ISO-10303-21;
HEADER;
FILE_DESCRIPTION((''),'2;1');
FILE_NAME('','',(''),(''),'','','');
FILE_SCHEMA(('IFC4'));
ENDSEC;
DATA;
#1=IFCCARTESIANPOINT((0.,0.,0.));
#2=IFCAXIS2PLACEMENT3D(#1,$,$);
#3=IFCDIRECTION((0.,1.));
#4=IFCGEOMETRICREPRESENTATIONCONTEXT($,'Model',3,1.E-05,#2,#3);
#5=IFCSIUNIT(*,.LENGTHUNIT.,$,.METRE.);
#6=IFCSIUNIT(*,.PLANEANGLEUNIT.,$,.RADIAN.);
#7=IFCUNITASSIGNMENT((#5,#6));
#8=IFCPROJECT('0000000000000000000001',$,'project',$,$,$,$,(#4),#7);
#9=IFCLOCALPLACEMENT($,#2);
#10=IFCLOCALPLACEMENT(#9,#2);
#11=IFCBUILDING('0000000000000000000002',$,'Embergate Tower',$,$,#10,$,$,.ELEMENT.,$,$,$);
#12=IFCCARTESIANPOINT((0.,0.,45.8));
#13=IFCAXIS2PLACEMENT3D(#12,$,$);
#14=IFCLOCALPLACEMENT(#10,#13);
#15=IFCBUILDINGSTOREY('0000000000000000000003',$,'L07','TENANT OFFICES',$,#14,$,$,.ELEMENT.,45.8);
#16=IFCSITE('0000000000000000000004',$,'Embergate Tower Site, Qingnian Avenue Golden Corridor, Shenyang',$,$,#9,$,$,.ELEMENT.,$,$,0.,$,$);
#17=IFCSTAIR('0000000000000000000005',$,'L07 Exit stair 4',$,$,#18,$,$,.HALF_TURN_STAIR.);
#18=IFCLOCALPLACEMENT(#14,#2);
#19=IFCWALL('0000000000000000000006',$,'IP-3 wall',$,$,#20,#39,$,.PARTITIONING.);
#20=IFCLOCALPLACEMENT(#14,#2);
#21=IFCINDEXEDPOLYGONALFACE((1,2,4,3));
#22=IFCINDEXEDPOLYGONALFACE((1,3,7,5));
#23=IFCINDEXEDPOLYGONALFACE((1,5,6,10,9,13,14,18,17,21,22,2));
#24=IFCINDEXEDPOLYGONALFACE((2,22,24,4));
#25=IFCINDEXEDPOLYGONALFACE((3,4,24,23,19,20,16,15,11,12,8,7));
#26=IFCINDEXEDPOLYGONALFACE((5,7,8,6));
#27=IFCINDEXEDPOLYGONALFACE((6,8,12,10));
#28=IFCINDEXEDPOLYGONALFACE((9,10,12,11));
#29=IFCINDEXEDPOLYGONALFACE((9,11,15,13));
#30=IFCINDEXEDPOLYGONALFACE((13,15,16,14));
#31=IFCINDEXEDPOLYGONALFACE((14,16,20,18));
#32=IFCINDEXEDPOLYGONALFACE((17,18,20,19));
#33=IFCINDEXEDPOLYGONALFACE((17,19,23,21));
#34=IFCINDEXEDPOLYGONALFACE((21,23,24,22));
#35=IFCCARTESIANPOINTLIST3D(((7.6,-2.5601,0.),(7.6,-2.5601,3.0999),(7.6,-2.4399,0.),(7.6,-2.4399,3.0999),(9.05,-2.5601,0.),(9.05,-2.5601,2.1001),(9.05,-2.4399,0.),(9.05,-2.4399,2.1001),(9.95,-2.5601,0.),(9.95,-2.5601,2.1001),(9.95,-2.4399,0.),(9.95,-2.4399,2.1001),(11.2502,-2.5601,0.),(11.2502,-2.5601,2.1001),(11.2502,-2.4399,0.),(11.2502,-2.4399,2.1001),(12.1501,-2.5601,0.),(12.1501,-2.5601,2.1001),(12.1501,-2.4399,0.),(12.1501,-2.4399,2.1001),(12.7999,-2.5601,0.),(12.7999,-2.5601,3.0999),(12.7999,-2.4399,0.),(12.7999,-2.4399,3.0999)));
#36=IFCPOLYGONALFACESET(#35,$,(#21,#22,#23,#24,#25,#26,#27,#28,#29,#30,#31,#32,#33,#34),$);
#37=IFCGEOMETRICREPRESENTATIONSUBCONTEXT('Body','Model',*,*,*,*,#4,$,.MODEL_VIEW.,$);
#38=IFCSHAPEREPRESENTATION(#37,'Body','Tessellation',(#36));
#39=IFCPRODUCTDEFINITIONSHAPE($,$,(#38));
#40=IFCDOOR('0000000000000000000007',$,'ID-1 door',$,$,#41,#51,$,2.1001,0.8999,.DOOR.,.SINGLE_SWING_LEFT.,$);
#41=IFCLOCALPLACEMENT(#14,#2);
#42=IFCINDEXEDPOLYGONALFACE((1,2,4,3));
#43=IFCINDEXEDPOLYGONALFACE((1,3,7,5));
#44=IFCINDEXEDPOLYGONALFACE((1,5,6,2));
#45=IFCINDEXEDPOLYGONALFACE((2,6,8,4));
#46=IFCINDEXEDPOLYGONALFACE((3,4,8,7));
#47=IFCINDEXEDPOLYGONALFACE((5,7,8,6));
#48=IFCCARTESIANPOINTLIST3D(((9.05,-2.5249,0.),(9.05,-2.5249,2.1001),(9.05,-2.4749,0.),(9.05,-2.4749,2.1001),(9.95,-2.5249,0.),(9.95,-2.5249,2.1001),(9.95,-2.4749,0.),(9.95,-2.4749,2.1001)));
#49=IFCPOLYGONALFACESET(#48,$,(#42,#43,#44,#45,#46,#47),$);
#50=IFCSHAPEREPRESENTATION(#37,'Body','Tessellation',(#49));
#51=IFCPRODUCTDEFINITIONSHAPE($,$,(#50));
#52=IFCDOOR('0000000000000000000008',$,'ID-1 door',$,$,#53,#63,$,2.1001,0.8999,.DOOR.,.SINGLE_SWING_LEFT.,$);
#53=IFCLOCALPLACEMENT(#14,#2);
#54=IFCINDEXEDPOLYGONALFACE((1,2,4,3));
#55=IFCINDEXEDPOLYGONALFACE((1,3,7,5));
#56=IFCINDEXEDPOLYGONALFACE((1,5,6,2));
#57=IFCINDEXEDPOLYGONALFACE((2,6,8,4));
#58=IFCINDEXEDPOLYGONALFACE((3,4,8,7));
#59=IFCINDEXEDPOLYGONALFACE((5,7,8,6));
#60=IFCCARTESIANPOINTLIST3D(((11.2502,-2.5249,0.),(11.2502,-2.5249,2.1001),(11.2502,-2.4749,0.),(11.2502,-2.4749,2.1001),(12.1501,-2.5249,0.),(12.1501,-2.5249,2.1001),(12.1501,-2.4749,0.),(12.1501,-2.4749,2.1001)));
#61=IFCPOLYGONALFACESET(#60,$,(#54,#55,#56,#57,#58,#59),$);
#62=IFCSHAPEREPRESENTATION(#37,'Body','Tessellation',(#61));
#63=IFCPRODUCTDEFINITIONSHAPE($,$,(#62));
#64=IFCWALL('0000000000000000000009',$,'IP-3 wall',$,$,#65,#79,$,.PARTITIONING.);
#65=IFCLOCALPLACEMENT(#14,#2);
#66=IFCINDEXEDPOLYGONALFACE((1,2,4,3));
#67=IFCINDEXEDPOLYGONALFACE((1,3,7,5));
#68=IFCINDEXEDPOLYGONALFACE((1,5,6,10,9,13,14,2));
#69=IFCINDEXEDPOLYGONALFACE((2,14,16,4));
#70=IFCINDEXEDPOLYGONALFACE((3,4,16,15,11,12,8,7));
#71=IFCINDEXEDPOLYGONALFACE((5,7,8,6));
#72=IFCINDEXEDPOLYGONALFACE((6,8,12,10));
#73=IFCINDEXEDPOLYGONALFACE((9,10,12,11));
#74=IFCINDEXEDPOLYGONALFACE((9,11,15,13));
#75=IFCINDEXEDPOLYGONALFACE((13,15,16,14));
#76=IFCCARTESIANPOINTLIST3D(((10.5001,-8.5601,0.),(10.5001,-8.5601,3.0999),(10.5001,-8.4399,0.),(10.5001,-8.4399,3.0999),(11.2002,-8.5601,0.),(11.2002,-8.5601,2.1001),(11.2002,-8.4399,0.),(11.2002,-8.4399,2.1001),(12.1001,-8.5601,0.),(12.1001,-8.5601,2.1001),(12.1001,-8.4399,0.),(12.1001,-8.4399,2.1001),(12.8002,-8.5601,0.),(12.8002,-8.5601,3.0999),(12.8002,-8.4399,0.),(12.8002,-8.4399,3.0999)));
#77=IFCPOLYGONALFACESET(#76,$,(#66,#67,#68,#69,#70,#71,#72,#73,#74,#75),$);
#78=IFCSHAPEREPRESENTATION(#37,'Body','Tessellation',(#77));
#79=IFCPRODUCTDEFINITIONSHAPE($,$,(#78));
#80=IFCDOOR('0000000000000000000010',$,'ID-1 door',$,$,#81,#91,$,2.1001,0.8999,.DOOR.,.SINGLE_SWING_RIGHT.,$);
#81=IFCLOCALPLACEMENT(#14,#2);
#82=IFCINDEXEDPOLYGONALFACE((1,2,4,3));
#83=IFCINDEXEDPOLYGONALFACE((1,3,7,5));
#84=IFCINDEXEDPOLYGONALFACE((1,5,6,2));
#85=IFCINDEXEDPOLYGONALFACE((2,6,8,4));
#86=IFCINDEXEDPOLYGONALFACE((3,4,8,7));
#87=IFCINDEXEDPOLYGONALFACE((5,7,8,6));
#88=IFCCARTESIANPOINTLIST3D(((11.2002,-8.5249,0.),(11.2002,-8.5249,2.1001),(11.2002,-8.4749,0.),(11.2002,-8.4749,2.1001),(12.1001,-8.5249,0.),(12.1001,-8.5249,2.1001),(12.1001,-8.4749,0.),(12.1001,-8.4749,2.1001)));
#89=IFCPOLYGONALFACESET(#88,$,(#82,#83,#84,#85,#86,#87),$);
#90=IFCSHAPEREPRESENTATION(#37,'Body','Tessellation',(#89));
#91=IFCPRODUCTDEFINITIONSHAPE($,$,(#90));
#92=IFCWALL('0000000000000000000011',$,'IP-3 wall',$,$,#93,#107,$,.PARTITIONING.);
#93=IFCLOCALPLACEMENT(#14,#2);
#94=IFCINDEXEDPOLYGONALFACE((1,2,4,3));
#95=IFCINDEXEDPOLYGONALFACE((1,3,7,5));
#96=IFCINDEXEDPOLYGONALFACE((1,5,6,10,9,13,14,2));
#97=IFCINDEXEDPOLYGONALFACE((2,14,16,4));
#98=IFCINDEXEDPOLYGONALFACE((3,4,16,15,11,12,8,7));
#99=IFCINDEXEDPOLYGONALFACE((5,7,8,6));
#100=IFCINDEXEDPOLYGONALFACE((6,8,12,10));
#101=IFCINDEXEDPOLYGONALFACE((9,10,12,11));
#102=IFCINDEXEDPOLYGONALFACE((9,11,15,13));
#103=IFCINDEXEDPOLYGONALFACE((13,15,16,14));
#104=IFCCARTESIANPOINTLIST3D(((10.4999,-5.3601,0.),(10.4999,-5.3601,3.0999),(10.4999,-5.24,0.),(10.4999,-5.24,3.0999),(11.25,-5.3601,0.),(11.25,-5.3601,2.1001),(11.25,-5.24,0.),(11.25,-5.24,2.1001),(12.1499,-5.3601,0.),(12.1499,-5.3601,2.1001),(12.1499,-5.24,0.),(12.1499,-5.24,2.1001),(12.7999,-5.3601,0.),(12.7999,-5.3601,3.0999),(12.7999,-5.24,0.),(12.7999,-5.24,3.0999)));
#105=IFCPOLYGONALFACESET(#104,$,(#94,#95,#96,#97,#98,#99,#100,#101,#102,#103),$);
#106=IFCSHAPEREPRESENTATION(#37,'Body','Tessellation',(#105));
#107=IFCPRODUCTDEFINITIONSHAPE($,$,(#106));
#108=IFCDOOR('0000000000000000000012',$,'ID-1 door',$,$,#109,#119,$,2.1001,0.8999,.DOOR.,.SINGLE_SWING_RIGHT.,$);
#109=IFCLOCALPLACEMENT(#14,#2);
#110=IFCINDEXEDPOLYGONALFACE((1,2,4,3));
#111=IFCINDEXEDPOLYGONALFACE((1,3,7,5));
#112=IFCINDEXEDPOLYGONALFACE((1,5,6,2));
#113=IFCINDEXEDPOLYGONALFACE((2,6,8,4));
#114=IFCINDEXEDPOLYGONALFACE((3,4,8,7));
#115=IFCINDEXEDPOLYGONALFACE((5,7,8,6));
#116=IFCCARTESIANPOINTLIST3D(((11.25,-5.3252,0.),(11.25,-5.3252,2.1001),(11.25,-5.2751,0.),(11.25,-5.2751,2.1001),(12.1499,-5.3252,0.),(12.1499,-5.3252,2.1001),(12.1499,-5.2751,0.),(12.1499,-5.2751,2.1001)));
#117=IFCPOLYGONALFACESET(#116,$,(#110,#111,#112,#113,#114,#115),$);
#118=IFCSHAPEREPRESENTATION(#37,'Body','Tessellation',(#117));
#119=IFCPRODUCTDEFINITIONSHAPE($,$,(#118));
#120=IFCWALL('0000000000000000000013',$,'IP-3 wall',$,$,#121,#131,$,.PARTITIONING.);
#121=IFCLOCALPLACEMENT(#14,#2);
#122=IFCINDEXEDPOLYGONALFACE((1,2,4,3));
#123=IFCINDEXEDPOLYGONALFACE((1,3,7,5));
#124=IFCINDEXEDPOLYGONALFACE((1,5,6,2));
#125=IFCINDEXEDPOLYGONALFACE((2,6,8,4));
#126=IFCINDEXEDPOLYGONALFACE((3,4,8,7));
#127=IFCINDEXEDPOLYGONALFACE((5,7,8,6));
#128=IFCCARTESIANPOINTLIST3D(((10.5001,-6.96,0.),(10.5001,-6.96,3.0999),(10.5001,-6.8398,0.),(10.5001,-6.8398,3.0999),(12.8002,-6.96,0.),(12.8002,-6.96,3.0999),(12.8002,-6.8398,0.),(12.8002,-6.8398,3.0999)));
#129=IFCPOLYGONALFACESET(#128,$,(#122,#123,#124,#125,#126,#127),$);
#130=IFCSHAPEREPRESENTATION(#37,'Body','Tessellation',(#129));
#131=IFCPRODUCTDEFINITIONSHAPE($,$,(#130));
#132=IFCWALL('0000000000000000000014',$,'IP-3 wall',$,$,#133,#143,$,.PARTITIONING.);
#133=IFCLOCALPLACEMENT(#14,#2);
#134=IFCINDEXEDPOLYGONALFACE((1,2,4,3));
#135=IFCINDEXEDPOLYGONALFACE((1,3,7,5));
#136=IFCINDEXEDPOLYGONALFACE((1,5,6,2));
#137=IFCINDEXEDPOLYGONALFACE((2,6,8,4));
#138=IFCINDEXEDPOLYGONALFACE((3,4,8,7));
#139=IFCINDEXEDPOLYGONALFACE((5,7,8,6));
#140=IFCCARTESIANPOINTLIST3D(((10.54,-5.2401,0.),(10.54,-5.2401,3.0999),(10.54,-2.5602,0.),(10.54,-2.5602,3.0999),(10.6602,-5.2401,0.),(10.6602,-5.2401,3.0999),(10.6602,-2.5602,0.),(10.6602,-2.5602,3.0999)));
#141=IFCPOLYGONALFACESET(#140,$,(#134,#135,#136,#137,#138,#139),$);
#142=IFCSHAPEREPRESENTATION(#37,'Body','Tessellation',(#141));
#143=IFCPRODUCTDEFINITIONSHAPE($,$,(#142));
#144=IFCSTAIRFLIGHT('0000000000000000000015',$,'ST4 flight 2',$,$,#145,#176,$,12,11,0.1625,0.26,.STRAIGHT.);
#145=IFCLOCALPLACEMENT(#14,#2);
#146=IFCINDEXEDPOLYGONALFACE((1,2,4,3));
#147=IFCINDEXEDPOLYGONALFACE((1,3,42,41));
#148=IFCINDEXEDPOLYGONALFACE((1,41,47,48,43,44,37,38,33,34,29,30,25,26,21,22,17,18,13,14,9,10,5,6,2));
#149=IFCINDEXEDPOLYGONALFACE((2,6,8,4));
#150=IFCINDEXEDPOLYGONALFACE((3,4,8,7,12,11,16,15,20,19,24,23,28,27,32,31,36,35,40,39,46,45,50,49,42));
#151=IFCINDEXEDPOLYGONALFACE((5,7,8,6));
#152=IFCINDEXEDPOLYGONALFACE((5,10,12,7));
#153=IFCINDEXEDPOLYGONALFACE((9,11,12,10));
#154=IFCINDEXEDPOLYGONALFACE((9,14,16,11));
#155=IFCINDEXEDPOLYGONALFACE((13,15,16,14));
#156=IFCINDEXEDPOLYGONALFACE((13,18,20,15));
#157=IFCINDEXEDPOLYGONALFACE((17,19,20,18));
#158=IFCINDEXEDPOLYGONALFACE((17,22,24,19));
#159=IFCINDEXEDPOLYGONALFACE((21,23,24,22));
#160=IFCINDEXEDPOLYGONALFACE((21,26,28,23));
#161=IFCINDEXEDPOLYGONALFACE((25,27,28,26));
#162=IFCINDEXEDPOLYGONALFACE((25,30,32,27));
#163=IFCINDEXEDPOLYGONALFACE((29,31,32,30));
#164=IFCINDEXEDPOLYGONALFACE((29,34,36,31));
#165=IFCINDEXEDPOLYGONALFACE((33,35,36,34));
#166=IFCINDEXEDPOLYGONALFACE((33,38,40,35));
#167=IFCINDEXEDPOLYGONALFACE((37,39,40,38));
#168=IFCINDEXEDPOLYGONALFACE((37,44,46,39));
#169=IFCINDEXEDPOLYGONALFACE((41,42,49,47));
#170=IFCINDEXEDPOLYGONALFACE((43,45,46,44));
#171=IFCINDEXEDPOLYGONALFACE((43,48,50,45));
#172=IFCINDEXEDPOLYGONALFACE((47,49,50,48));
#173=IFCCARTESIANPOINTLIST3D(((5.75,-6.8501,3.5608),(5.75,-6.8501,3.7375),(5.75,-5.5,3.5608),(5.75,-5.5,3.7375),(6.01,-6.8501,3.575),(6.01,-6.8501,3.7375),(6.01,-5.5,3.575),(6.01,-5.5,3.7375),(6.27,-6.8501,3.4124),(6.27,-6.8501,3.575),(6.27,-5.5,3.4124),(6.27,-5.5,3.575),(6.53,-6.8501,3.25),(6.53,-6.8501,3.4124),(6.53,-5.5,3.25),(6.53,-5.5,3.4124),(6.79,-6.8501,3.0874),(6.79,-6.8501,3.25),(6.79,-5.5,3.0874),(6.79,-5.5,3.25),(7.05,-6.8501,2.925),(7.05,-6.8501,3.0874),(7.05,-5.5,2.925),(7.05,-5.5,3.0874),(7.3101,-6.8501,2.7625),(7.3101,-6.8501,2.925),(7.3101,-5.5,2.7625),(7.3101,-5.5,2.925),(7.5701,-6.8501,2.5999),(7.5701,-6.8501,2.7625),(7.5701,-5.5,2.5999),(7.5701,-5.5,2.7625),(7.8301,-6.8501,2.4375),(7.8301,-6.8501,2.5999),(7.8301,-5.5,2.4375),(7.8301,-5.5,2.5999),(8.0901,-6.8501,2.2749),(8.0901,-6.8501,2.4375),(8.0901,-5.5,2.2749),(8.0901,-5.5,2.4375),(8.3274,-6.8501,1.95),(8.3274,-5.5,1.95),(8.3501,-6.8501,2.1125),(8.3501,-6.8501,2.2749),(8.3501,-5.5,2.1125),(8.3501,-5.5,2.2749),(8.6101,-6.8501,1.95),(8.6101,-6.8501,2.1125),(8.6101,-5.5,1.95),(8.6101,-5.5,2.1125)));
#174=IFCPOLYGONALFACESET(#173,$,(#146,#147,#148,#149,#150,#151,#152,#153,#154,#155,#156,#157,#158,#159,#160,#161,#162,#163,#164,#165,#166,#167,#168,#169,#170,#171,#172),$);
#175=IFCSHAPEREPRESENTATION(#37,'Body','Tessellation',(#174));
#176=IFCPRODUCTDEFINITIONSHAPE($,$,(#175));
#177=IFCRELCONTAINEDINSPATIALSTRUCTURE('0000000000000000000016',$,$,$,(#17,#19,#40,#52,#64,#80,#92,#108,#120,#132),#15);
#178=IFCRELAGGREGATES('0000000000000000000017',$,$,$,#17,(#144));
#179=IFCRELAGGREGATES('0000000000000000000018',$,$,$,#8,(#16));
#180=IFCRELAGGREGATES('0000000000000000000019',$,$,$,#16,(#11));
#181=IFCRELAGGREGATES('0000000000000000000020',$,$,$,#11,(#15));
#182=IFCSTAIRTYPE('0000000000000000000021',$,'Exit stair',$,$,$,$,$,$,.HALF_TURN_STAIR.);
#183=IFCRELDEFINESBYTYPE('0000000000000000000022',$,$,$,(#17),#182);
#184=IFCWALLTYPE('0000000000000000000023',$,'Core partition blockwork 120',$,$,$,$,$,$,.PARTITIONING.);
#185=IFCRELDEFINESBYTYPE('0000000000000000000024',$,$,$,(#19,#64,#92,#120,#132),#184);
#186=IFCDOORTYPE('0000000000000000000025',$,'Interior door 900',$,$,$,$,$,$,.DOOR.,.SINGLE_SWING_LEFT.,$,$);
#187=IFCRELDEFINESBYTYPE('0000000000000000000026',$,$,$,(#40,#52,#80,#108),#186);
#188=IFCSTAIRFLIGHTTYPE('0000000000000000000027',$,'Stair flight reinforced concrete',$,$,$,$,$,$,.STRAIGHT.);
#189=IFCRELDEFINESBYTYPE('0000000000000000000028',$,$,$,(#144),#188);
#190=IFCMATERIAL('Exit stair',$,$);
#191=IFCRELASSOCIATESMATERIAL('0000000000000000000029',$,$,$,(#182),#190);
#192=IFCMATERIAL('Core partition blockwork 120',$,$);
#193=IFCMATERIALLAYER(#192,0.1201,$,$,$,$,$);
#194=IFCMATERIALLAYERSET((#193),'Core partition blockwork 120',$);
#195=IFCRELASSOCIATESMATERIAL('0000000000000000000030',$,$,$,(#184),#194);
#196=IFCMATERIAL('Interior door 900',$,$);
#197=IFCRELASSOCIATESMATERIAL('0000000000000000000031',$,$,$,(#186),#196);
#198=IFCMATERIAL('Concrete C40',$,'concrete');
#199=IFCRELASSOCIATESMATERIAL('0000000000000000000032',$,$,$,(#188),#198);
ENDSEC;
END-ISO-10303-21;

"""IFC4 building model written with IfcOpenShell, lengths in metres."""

from ifc_helpers import new_model, si_unit, direction, frame, frame_2d, origin, place, context, subcontext, project, spatial, polyline, rectangle, outline, extrude, source, transform, mapped, material, layer, layer_set, type_object, element, fill, aggregate, save


model = new_model("IFC4")

# Units and contexts
model_context = context("Model", 3, precision=1e-05, world=origin(), true_north=direction((0.0, 1.0)))
body_context = subcontext(model_context, "Body", "Model", "MODEL_VIEW")
ifc_project = project(units=[si_unit("LENGTHUNIT", "METRE"), si_unit("PLANEANGLEUNIT", "RADIAN")], contexts=[model_context])

# Site, building, storey
site_placement = place(None, origin())
site = spatial("IfcSite", under=ifc_project, at=site_placement, Name="Embergate Tower Site, Qingnian Avenue Golden Corridor, Shenyang", CompositionType="ELEMENT", RefElevation=0.0)
building_placement = place(site_placement, origin())
building = spatial("IfcBuilding", under=site, at=building_placement, Name="Embergate Tower", CompositionType="ELEMENT")
storey_placement = place(building_placement, frame((0.0, 0.0, 45.8)))
storey = spatial("IfcBuildingStorey", under=building, at=storey_placement, Name="L07", Description="TENANT OFFICES", CompositionType="ELEMENT", Elevation=45.8)

# Stair
ifc_material_1 = material(Name="Exit stair")
stair_type = type_object("IfcStairType", Name="Exit stair", PredefinedType="HALF_TURN_STAIR", material=ifc_material_1)
stair_placement = place(storey_placement, origin())
stair = element("IfcStair", 1, at=stair_placement, inside=storey, type_object=stair_type, Name="L07 Exit stair 4", PredefinedType="HALF_TURN_STAIR")
ifc_material_2 = material(Name="Concrete C40", Category="concrete")

# Shared definitions
shared_shape_1 = source(origin(), body_context, "Body", "SweptSolid", [
    extrude(rectangle(XDim=0.8999, YDim=2.1001, at=frame_2d((0.45, 1.05))), frame((0.0, 0.0249, 0.0), z_axis=(0.0, -1.0, 0.0), x_axis=(1.0, 0.0, 0.0)), (0.0, 0.0, 1.0), 0.05),
])

# Shared definitions
ifc_material_3 = material(Name="Core partition blockwork 120")
ifc_layer_1 = layer(ifc_material_3, 0.1201)
ifc_layer_set_1 = layer_set([ifc_layer_1], Name="Core partition blockwork 120")
wall_type_1 = type_object("IfcWallType", Name="Core partition blockwork 120", PredefinedType="PARTITIONING", material=ifc_layer_set_1)
shared_shape_2 = source(origin(), body_context, "Body", "SweptSolid", [
    extrude(rectangle(XDim=0.8999, YDim=2.1001, at=frame_2d((0.45, 1.05))), frame((0.0, 0.0701, 0.0), z_axis=(0.0, -1.0, 0.0), x_axis=(1.0, 0.0, 0.0)), (0.0, 0.0, 1.0), 0.1401),
])
ifc_material_4 = material(Name="Interior door 900")
door_type_1 = type_object("IfcDoorType", Name="Interior door 900", OperationType="SINGLE_SWING_LEFT", PredefinedType="DOOR", material=ifc_material_4)

# Wall, openings, doors
shared_shape_3 = source(origin(), body_context, "Body", "SweptSolid", [
    extrude(rectangle(XDim=5.2, YDim=0.1201, at=frame_2d((2.6001, 0.0))), origin(), (0.0, 0.0, 1.0), 3.0999),
])
wall_1_placement = place(storey_placement, frame((12.8, -2.5, 0.0), z_axis=(0.0, 0.0, 1.0), x_axis=(-1.0, 0.0, 0.0)))
wall_1 = element("IfcWall", 2, at=wall_1_placement, inside=storey, type_object=wall_type_1, Name="IP-3 wall", PredefinedType="PARTITIONING", context=body_context, shape_type="MappedRepresentation", body=[
    mapped(shared_shape_3, transform((0.0, 0.0, 0.0))),
])
opening_1_placement = place(wall_1_placement, frame((2.8501, 0.0, 0.0)))
opening_1 = element("IfcOpeningElement", 3, at=opening_1_placement, cuts=wall_1, PredefinedType="OPENING", context=body_context, shape_type="MappedRepresentation", body=[
    mapped(shared_shape_2, transform((0.0, 0.0, 0.0))),
])
opening_2_placement = place(wall_1_placement, frame((0.6499, 0.0, 0.0)))
opening_2 = element("IfcOpeningElement", 4, at=opening_2_placement, cuts=wall_1, PredefinedType="OPENING", context=body_context, shape_type="MappedRepresentation", body=[
    mapped(shared_shape_2, transform((0.0, 0.0, 0.0))),
])
door_1_placement = place(opening_1_placement, origin())
door_1 = element("IfcDoor", 5, at=door_1_placement, inside=storey, type_object=door_type_1, Name="ID-1 door", OperationType="SINGLE_SWING_LEFT", OverallHeight=2.1001, OverallWidth=0.8999, PredefinedType="DOOR", context=body_context, shape_type="MappedRepresentation", body=[
    mapped(shared_shape_1, transform((0.0, 0.0, 0.0))),
])
fill(opening_1, door_1)
door_2_placement = place(opening_2_placement, origin())
door_2 = element("IfcDoor", 6, at=door_2_placement, inside=storey, type_object=door_type_1, Name="ID-1 door", OperationType="SINGLE_SWING_LEFT", OverallHeight=2.1001, OverallWidth=0.8999, PredefinedType="DOOR", context=body_context, shape_type="MappedRepresentation", body=[
    mapped(shared_shape_1, transform((0.0, 0.0, 0.0))),
])
fill(opening_2, door_2)

# Walls, openings, doors
shared_shape_4 = source(origin(), body_context, "Body", "SweptSolid", [
    extrude(rectangle(XDim=2.3, YDim=0.1201, at=frame_2d((1.1499, 0.0))), origin(), (0.0, 0.0, 1.0), 3.0999),
])
wall_2_placement = place(storey_placement, frame((12.8, -8.5, 0.0), z_axis=(0.0, 0.0, 1.0), x_axis=(-1.0, 0.0, 0.0)))
wall_2 = element("IfcWall", 7, at=wall_2_placement, inside=storey, type_object=wall_type_1, Name="IP-3 wall", PredefinedType="PARTITIONING", context=body_context, shape_type="MappedRepresentation", body=[
    mapped(shared_shape_4, transform((0.0, 0.0, 0.0))),
])
opening_3_placement = place(wall_2_placement, frame((0.7, 0.0, 0.0)))
opening_3 = element("IfcOpeningElement", 8, at=opening_3_placement, cuts=wall_2, PredefinedType="OPENING", context=body_context, shape_type="MappedRepresentation", body=[
    mapped(shared_shape_2, transform((0.0, 0.0, 0.0))),
])
door_3_placement = place(opening_3_placement, origin())
door_3 = element("IfcDoor", 9, at=door_3_placement, inside=storey, type_object=door_type_1, Name="ID-1 door", OperationType="SINGLE_SWING_RIGHT", OverallHeight=2.1001, OverallWidth=0.8999, PredefinedType="DOOR", context=body_context, shape_type="MappedRepresentation", body=[
    mapped(shared_shape_1, transform((0.0, 0.0, 0.0))),
])
fill(opening_3, door_3)
wall_3_placement = place(storey_placement, frame((10.5, -5.3, 0.0), z_axis=(0.0, 0.0, 1.0), x_axis=(1.0, 0.0, 0.0)))
wall_3 = element("IfcWall", 10, at=wall_3_placement, inside=storey, type_object=wall_type_1, Name="IP-3 wall", PredefinedType="PARTITIONING", context=body_context, shape_type="MappedRepresentation", body=[
    mapped(shared_shape_4, transform((0.0, 0.0, 0.0))),
])
opening_4_placement = place(wall_3_placement, frame((0.75, 0.0, 0.0)))
opening_4 = element("IfcOpeningElement", 11, at=opening_4_placement, cuts=wall_3, PredefinedType="OPENING", context=body_context, shape_type="MappedRepresentation", body=[
    mapped(shared_shape_2, transform((0.0, 0.0, 0.0))),
])
door_4_placement = place(opening_4_placement, origin())
door_4 = element("IfcDoor", 12, at=door_4_placement, inside=storey, type_object=door_type_1, Name="ID-1 door", OperationType="SINGLE_SWING_RIGHT", OverallHeight=2.1001, OverallWidth=0.8999, PredefinedType="DOOR", context=body_context, shape_type="MappedRepresentation", body=[
    mapped(shared_shape_1, transform((0.0, 0.0, 0.0))),
])
fill(opening_4, door_4)

# Walls
wall_4_placement = place(storey_placement, frame((12.8, -6.8999, 0.0), z_axis=(0.0, 0.0, 1.0), x_axis=(-1.0, 0.0, 0.0)))
element("IfcWall", 13, at=wall_4_placement, inside=storey, type_object=wall_type_1, Name="IP-3 wall", PredefinedType="PARTITIONING", context=body_context, shape_type="MappedRepresentation", body=[
    mapped(shared_shape_4, transform((0.0, 0.0, 0.0))),
])
shared_shape_5 = source(origin(), body_context, "Body", "SweptSolid", [
    extrude(rectangle(XDim=2.6799, YDim=0.1201, at=frame_2d((1.3398, 0.0))), origin(), (0.0, 0.0, 1.0), 3.0999),
])
wall_5_placement = place(storey_placement, frame((10.6001, -5.24, 0.0), z_axis=(0.0, 0.0, 1.0), x_axis=(0.0, 1.0, 0.0)))
element("IfcWall", 14, at=wall_5_placement, inside=storey, type_object=wall_type_1, Name="IP-3 wall", PredefinedType="PARTITIONING", context=body_context, shape_type="MappedRepresentation", body=[
    mapped(shared_shape_5, transform((0.0, 0.0, 0.0))),
])

# Stair flight
stair_flight_type = type_object("IfcStairFlightType", Name="Stair flight reinforced concrete", PredefinedType="STRAIGHT", material=ifc_material_2)
shared_shape_6 = source(origin(), body_context, "Body", "SweptSolid", [
    extrude(outline(polyline([(0.0, 0.0), (0.0, 0.1626), (0.26, 0.1626), (0.26, 0.325), (0.52, 0.325), (0.52, 0.4875), (0.78, 0.4875), (0.78, 0.6499), (1.04, 0.6499), (1.04, 0.8125), (1.3, 0.8125), (1.3, 0.9751), (1.5601, 0.9751), (1.5601, 1.1375), (1.8201, 1.1375), (1.8201, 1.3), (2.0801, 1.3), (2.0801, 1.4624), (2.3401, 1.4624), (2.3401, 1.625), (2.6001, 1.625), (2.6001, 1.7876), (2.8601, 1.7876), (2.8601, 1.95), (2.8601, 1.6108), (0.2827, 0.0), (0.0, 0.0)])), frame((0.0, 0.675, 0.0), z_axis=(0.0, -1.0, 0.0), x_axis=(1.0, 0.0, 0.0)), (0.0, 0.0, 1.0), 1.3501),
])
stair_flight_placement = place(storey_placement, frame((8.6101, -6.175, 1.95), z_axis=(0.0, 0.0, 1.0), x_axis=(-1.0, 0.0, 0.0)))
stair_flight = element("IfcStairFlight", 15, at=stair_flight_placement, type_object=stair_flight_type, Name="ST4 flight 2", NumberOfRisers=12, NumberOfTreads=11, PredefinedType="STRAIGHT", RiserHeight=0.1625, TreadLength=0.26, context=body_context, shape_type="MappedRepresentation", body=[
    mapped(shared_shape_6, transform((0.0, 0.0, 0.0))),
])
aggregate(stair, [stair_flight])

save(model, "model.ifc")
